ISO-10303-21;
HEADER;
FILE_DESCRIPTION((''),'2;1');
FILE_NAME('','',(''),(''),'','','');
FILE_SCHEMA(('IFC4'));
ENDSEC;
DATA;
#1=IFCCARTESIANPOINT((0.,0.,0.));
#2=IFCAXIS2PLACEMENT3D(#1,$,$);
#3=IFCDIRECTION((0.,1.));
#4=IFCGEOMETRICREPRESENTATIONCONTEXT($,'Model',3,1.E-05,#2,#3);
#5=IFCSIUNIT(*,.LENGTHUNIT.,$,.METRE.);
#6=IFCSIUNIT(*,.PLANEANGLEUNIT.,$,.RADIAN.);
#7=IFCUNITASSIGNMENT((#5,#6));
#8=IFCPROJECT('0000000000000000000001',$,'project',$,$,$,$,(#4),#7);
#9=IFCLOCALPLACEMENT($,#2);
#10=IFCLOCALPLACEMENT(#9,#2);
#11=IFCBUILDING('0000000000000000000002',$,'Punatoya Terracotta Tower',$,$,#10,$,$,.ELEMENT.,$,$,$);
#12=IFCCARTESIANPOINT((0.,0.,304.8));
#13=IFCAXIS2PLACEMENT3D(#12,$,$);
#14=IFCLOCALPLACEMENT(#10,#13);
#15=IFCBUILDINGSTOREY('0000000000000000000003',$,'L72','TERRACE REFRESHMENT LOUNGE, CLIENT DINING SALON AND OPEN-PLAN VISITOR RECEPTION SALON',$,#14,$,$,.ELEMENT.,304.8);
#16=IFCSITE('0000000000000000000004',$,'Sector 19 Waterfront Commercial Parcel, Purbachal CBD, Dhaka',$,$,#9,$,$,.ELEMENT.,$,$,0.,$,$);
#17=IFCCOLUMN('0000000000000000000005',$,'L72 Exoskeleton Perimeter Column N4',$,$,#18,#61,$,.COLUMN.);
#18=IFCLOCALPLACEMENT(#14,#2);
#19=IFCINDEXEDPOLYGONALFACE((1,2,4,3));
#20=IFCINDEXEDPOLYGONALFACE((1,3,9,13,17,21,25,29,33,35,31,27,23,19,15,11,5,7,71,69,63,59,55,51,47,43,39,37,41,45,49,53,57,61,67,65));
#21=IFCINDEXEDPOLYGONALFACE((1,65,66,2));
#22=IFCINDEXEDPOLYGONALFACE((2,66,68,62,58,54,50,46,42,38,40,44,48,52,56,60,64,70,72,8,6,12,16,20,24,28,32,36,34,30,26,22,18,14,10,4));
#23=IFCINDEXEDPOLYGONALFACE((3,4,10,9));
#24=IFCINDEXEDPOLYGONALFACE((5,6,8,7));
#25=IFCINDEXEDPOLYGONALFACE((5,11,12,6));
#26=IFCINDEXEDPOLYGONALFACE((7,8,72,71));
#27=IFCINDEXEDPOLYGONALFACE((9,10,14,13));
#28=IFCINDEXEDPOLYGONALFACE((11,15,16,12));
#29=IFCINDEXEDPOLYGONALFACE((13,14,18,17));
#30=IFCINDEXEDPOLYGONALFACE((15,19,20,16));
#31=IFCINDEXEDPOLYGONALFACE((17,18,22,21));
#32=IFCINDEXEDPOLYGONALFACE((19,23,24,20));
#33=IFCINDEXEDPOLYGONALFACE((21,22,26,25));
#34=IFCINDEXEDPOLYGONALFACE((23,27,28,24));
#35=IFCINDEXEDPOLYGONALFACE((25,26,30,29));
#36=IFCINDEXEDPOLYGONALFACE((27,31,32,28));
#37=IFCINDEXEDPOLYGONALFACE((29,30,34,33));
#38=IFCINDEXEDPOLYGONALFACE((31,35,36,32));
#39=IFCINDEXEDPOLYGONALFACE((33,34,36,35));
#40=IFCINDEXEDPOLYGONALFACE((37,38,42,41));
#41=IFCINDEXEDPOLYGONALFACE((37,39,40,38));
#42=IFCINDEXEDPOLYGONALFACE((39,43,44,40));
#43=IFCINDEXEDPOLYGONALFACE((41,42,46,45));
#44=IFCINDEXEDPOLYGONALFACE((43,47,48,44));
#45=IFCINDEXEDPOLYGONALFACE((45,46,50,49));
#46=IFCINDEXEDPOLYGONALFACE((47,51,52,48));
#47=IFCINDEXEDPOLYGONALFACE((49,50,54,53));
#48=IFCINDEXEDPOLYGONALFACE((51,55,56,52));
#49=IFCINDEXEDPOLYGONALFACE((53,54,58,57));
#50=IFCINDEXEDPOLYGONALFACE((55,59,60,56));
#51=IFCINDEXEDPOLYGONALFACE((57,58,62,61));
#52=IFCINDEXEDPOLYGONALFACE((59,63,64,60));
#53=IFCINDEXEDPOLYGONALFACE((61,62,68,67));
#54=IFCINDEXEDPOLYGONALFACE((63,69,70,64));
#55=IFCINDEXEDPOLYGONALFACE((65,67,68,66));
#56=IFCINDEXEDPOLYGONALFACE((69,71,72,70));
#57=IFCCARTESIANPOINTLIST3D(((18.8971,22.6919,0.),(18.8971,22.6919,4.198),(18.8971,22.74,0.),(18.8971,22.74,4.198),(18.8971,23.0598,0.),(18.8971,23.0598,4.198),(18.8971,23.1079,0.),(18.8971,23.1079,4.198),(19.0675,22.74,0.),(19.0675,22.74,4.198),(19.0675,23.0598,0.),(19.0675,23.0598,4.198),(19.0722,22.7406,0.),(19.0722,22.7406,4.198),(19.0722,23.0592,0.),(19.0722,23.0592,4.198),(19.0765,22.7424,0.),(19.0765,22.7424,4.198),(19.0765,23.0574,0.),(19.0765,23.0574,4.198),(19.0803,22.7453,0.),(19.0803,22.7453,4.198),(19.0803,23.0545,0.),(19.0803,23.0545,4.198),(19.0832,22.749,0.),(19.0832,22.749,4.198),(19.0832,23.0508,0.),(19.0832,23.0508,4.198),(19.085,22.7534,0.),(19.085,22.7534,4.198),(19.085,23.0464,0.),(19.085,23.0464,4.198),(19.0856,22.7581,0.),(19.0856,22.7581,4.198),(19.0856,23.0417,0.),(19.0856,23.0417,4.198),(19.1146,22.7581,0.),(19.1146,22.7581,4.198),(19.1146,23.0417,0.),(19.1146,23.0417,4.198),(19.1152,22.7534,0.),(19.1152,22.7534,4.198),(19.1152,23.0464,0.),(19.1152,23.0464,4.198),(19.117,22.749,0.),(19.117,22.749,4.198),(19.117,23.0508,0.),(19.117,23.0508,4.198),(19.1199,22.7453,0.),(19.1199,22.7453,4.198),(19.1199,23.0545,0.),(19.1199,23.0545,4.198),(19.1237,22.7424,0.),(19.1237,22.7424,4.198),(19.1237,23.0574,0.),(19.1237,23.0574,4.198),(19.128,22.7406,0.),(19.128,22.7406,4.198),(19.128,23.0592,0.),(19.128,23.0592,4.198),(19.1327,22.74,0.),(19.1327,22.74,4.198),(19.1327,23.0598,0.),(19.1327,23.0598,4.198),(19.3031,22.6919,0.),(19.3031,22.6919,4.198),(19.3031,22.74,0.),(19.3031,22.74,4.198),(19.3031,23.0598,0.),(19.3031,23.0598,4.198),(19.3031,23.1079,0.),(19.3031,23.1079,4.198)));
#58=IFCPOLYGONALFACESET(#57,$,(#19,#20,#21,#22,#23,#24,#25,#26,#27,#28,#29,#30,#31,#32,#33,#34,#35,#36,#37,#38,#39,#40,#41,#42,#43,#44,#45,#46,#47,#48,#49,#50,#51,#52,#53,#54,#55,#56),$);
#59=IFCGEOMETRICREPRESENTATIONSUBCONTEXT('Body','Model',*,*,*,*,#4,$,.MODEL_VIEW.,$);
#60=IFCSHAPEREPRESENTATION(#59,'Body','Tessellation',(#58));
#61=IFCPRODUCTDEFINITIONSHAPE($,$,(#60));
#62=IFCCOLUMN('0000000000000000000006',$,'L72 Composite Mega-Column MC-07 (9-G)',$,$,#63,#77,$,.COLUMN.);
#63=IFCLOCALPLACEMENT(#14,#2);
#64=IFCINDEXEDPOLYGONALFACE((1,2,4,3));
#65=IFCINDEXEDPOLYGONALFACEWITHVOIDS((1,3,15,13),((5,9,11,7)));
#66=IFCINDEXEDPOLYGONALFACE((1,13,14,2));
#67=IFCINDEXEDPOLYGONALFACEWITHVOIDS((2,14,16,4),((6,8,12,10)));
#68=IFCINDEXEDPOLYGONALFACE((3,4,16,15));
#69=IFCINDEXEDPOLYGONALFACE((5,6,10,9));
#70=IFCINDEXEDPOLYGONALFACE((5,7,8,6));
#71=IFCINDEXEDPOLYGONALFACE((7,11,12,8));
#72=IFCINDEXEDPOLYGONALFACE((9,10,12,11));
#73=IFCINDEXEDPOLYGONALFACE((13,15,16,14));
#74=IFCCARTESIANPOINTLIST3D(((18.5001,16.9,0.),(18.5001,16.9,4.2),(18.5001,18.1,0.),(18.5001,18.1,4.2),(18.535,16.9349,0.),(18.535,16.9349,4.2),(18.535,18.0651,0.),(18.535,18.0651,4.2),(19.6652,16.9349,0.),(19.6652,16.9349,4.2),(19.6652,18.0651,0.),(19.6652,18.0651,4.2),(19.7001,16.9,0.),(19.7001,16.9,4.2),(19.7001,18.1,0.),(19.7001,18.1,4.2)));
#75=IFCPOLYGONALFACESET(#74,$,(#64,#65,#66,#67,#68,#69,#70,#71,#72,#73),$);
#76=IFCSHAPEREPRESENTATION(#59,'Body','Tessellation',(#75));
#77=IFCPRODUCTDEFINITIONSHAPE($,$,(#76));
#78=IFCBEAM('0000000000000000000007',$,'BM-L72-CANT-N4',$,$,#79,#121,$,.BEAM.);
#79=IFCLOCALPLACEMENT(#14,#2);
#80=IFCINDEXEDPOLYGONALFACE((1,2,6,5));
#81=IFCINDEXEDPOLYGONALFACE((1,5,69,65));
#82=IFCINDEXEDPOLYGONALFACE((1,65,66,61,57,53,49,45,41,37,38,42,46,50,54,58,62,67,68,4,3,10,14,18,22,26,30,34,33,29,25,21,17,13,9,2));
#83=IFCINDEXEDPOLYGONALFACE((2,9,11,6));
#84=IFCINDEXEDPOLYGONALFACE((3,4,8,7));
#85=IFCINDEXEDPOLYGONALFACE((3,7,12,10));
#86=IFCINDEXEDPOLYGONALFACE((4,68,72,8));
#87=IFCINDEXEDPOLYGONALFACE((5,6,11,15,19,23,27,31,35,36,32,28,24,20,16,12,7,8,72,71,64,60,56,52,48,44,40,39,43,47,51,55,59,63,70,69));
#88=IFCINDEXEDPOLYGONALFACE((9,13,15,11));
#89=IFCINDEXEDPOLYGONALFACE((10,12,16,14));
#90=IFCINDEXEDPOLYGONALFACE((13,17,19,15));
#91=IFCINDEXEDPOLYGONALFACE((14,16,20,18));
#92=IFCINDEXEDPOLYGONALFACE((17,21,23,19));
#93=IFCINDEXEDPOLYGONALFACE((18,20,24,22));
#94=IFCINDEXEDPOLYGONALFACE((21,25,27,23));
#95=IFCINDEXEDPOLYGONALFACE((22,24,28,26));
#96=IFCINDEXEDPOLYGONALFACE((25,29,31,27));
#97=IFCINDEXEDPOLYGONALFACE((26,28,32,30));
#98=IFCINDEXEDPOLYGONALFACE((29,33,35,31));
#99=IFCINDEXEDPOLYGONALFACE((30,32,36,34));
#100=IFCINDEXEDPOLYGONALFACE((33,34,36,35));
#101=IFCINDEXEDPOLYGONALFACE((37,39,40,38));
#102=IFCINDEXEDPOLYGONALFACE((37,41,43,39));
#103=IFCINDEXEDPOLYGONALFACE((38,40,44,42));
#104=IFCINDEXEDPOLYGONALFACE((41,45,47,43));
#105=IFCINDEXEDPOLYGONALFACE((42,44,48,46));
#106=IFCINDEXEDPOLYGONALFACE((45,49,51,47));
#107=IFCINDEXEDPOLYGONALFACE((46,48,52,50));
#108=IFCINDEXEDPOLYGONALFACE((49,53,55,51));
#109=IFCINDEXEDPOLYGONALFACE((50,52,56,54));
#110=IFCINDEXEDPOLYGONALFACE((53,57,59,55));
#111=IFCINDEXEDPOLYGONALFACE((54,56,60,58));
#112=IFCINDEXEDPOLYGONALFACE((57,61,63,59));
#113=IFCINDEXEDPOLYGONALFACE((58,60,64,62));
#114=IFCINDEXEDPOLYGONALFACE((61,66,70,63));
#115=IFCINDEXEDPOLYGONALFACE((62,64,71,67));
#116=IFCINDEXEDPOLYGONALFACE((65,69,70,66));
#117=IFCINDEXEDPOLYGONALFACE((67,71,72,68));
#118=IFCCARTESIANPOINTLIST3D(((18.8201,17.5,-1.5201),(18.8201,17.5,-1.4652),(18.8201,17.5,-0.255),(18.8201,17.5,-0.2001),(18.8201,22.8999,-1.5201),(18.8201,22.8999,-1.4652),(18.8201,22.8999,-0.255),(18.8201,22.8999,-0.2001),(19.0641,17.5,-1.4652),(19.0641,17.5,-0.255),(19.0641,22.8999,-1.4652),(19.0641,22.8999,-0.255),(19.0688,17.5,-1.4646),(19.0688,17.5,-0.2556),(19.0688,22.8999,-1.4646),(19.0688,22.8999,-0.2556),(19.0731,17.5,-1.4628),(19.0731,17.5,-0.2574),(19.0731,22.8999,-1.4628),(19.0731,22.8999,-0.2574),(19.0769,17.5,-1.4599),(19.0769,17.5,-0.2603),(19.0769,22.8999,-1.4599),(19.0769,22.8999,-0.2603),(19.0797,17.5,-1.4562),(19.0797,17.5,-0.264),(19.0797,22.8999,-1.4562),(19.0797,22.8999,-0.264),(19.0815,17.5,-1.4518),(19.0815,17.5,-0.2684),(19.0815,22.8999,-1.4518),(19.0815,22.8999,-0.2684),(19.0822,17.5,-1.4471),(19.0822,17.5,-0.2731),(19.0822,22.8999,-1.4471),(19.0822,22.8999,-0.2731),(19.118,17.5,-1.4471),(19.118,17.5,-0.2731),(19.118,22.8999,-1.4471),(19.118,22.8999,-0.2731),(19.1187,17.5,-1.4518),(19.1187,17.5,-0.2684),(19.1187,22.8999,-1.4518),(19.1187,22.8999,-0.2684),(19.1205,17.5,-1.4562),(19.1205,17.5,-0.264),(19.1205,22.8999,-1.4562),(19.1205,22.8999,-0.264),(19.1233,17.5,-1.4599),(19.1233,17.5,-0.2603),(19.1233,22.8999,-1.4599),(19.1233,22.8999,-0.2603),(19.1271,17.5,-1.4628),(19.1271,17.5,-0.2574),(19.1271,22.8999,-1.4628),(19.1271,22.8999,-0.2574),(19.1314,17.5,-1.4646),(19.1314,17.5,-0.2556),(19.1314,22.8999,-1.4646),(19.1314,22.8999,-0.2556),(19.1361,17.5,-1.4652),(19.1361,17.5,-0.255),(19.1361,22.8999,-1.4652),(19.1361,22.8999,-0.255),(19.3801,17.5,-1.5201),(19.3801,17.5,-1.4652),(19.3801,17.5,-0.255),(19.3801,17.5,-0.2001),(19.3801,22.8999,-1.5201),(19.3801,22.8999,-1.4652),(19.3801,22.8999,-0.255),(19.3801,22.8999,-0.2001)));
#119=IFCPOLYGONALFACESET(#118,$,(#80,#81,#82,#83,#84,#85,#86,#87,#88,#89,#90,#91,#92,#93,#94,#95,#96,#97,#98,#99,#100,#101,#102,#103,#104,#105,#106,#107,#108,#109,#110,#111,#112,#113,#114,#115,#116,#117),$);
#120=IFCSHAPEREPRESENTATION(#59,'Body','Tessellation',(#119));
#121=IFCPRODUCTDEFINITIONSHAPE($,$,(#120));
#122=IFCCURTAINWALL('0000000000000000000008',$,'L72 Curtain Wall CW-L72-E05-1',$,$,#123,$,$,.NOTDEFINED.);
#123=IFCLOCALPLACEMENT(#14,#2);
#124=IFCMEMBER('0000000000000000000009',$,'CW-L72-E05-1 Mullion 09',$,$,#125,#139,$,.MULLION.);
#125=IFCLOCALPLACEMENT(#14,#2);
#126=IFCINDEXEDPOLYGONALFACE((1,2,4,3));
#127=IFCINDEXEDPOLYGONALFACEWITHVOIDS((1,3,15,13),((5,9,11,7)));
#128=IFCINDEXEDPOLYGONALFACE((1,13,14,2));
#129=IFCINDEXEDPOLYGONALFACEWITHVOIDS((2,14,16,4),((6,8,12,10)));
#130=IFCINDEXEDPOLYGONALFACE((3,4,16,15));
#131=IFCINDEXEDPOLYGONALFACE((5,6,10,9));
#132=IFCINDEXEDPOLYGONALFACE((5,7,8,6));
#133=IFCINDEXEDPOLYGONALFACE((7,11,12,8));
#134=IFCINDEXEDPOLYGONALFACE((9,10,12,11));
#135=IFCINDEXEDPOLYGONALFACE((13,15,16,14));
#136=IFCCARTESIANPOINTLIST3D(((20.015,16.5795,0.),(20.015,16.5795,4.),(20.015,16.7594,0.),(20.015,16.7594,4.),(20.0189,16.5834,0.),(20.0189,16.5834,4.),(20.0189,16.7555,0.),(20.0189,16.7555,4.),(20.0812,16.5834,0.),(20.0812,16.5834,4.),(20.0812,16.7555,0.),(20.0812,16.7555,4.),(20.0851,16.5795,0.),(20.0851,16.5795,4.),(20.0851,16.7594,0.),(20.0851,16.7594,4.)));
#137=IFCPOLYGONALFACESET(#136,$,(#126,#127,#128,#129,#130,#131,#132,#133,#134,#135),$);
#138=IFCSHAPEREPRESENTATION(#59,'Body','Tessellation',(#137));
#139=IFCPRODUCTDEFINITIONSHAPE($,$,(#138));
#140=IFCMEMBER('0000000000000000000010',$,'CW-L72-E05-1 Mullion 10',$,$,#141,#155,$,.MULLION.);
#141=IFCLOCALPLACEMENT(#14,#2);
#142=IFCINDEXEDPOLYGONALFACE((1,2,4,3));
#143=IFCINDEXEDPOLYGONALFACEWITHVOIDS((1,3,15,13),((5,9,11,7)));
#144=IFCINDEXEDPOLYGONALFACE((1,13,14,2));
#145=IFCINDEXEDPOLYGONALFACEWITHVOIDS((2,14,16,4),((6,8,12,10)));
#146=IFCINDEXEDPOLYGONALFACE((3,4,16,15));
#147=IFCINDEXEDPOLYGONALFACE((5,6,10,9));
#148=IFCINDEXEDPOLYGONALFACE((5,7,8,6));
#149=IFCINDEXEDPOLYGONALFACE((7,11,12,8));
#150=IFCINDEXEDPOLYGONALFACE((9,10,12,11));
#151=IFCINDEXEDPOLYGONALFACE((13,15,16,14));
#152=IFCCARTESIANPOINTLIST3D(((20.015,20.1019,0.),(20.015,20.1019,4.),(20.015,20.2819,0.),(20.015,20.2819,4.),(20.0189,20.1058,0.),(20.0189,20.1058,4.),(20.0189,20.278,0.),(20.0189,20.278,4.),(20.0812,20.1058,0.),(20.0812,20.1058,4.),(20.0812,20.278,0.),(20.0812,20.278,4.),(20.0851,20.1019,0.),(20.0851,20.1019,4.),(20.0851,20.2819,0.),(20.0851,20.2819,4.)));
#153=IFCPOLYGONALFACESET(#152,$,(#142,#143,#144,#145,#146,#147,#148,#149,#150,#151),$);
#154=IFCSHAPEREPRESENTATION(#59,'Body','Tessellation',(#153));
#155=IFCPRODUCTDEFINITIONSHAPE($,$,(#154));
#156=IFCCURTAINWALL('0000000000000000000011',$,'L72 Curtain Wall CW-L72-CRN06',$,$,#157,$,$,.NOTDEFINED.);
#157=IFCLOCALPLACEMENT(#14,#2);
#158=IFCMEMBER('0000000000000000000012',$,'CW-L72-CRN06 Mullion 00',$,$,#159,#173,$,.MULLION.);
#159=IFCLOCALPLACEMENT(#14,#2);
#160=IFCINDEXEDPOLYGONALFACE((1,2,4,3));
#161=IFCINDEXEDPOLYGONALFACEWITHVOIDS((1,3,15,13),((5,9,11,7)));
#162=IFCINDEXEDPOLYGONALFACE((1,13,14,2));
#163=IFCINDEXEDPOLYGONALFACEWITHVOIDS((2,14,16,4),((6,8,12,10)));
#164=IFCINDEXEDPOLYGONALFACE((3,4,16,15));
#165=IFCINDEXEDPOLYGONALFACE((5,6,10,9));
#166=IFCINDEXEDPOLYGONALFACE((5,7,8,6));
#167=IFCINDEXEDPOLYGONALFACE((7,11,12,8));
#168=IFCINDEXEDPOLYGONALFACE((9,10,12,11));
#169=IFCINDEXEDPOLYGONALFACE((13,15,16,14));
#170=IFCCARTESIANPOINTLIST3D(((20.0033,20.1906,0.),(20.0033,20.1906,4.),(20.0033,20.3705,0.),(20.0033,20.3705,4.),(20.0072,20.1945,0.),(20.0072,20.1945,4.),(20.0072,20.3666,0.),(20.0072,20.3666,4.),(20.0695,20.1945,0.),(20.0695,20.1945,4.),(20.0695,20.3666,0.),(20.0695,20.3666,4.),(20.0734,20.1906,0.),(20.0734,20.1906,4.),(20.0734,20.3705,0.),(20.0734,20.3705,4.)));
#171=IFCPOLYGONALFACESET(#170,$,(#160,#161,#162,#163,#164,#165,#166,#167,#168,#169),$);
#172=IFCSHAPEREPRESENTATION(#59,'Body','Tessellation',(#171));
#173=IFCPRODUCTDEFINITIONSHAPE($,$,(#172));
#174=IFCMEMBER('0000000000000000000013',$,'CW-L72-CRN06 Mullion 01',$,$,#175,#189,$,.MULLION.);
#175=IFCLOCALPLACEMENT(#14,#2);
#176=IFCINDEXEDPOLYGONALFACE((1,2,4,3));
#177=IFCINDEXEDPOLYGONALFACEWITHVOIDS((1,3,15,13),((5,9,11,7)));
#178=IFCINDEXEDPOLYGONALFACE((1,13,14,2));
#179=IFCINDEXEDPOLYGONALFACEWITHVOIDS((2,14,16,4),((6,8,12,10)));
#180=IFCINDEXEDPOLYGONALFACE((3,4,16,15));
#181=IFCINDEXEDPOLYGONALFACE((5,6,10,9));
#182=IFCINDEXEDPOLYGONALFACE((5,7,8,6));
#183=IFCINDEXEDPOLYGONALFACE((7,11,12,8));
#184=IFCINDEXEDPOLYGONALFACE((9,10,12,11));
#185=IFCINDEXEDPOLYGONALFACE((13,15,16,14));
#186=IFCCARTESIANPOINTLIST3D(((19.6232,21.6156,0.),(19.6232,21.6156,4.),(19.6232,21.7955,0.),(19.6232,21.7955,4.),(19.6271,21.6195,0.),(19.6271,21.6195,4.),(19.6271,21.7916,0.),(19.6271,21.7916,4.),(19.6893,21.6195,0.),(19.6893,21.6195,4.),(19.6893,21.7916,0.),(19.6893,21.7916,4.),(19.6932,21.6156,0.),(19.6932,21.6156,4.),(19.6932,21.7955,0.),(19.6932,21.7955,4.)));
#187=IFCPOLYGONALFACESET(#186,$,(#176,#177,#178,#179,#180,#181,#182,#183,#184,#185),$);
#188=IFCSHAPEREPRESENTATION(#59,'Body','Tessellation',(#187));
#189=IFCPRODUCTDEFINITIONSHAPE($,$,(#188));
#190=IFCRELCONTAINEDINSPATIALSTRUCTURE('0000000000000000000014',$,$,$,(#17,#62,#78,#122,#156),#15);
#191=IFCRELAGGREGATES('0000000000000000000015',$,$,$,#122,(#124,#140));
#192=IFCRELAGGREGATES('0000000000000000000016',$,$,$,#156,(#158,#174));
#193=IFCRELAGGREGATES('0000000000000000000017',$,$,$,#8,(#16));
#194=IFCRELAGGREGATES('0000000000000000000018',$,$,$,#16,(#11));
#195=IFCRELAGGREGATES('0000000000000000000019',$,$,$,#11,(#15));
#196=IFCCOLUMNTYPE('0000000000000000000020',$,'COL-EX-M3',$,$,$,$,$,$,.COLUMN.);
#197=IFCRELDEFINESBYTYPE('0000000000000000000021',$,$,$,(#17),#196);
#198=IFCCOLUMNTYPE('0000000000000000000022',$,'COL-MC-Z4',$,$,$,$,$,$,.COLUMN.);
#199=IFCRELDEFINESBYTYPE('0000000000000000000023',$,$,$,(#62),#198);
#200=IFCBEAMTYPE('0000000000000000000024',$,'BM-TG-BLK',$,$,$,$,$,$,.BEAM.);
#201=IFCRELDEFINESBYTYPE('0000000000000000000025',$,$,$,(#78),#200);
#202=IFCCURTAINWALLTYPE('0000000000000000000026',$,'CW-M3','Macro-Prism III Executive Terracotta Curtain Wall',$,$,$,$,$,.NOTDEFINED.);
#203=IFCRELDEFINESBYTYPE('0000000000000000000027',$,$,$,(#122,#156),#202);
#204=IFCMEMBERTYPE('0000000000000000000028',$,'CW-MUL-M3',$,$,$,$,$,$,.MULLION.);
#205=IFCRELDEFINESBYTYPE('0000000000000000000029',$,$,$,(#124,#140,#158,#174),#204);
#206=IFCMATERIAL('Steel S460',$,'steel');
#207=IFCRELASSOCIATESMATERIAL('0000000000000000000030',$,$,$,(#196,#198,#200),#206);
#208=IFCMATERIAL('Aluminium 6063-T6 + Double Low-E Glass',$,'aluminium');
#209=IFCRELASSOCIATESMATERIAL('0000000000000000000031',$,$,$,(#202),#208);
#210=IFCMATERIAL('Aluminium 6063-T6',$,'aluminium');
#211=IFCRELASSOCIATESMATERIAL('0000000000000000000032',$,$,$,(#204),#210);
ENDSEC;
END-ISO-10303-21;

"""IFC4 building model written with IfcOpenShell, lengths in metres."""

from ifc_helpers import new_model, si_unit, direction, frame, origin, origin_2d, place, context, subcontext, project, spatial, hollow_rectangle, i_section, extrude, material, material_profile, profile_set, type_object, element, aggregate, save


model = new_model("IFC4")

# Units and contexts
model_context = context("Model", 3, precision=1e-05, world=origin(), true_north=direction((0.0, 1.0)))
body_context = subcontext(model_context, "Body", "Model", "MODEL_VIEW")
ifc_project = project(units=[si_unit("LENGTHUNIT", "METRE"), si_unit("PLANEANGLEUNIT", "RADIAN")], contexts=[model_context])

# Site, building, storey
site_placement = place(None, origin())
site = spatial("IfcSite", under=ifc_project, at=site_placement, Name="Sector 19 Waterfront Commercial Parcel, Purbachal CBD, Dhaka", CompositionType="ELEMENT", RefElevation=0.0)
building_placement = place(site_placement, origin())
building = spatial("IfcBuilding", under=site, at=building_placement, Name="Punatoya Terracotta Tower", CompositionType="ELEMENT")
storey_placement = place(building_placement, frame((0.0, 0.0, 304.8)))
storey = spatial("IfcBuildingStorey", under=building, at=storey_placement, Name="L72", Description="TERRACE REFRESHMENT LOUNGE, CLIENT DINING SALON AND OPEN-PLAN VISITOR RECEPTION SALON", CompositionType="ELEMENT", Elevation=304.8)

# Columns
ifc_material_1 = material(Name="Steel S460", Category="steel")
ifc_material_profile_1 = material_profile(ifc_material_1, i_section(OverallWidth=0.406, OverallDepth=0.416, WebThickness=0.0291, FlangeThickness=0.0481, FilletRadius=0.0181, at=origin_2d()))
ifc_profile_set_1 = profile_set([ifc_material_profile_1], Name="Steel S460")
column_type_1 = type_object("IfcColumnType", Name="COL-EX-M3", PredefinedType="COLUMN", material=ifc_profile_set_1)
column_1_placement = place(storey_placement, frame((19.1001, 22.8999, 0.0), z_axis=(0.0, 0.0, 1.0), x_axis=(1.0, 0.0, 0.0)))
element("IfcColumn", 1, at=column_1_placement, inside=storey, type_object=column_type_1, Name="L72 Exoskeleton Perimeter Column N4", PredefinedType="COLUMN", context=body_context, shape_type="SweptSolid", body=[
    extrude(i_section(OverallWidth=0.406, OverallDepth=0.416, WebThickness=0.0291, FlangeThickness=0.0481, FilletRadius=0.0181, at=origin_2d()), origin(), (0.0, 0.0, 1.0), 4.198),
])
ifc_material_profile_2 = material_profile(ifc_material_1, hollow_rectangle(XDim=1.2, YDim=1.2, WallThickness=0.0349, at=origin_2d()))
ifc_profile_set_2 = profile_set([ifc_material_profile_2], Name="Steel S460")
column_type_2 = type_object("IfcColumnType", Name="COL-MC-Z4", PredefinedType="COLUMN", material=ifc_profile_set_2)
column_2_placement = place(storey_placement, frame((19.1001, 17.5, 0.0), z_axis=(0.0, 0.0, 1.0), x_axis=(1.0, 0.0, 0.0)))
element("IfcColumn", 2, at=column_2_placement, inside=storey, type_object=column_type_2, Name="L72 Composite Mega-Column MC-07 (9-G)", PredefinedType="COLUMN", context=body_context, shape_type="SweptSolid", body=[
    extrude(hollow_rectangle(XDim=1.2, YDim=1.2, WallThickness=0.0349, at=origin_2d()), origin(), (0.0, 0.0, 1.0), 4.2),
])

# Beam
ifc_material_profile_3 = material_profile(ifc_material_1, i_section(OverallWidth=0.5601, OverallDepth=1.3201, WebThickness=0.0359, FlangeThickness=0.0549, FilletRadius=0.0181, at=origin_2d()))
ifc_profile_set_3 = profile_set([ifc_material_profile_3], Name="Steel S460")
beam_type = type_object("IfcBeamType", Name="BM-TG-BLK", PredefinedType="BEAM", material=ifc_profile_set_3)
beam_placement = place(storey_placement, frame((19.1001, 17.5, -0.8601), z_axis=(0.0, 1.0, 0.0), x_axis=(-1.0, 0.0, 0.0)))
element("IfcBeam", 3, at=beam_placement, inside=storey, type_object=beam_type, Name="BM-L72-CANT-N4", PredefinedType="BEAM", context=body_context, shape_type="SweptSolid", body=[
    extrude(i_section(OverallWidth=0.5601, OverallDepth=1.3201, WebThickness=0.0359, FlangeThickness=0.0549, FilletRadius=0.0181, at=origin_2d()), origin(), (0.0, 0.0, 1.0), 5.3999),
])

# Curtain walls, members
ifc_material_2 = material(Name="Aluminium 6063-T6 + Double Low-E Glass", Category="aluminium")
curtain_wall_type = type_object("IfcCurtainWallType", Name="CW-M3", Description="Macro-Prism III Executive Terracotta Curtain Wall", PredefinedType="NOTDEFINED", material=ifc_material_2)
curtain_wall_1_placement = place(storey_placement, origin())
curtain_wall_1 = element("IfcCurtainWall", 4, at=curtain_wall_1_placement, inside=storey, type_object=curtain_wall_type, Name="L72 Curtain Wall CW-L72-E05-1", PredefinedType="NOTDEFINED")
ifc_material_3 = material(Name="Aluminium 6063-T6", Category="aluminium")
ifc_material_profile_4 = material_profile(ifc_material_3, hollow_rectangle(XDim=0.0701, YDim=0.1799, WallThickness=0.0039, at=origin_2d()))
ifc_profile_set_4 = profile_set([ifc_material_profile_4], Name="Aluminium 6063-T6")
member_type_1 = type_object("IfcMemberType", Name="CW-MUL-M3", PredefinedType="MULLION", material=ifc_profile_set_4)
member_1_placement = place(storey_placement, frame((20.05, 16.6694, 0.0), z_axis=(0.0, 0.0, 1.0), x_axis=(1.0, 0.0, 0.0)))
member_1 = element("IfcMember", 5, at=member_1_placement, type_object=member_type_1, Name="CW-L72-E05-1 Mullion 09", PredefinedType="MULLION", context=body_context, shape_type="SweptSolid", body=[
    extrude(hollow_rectangle(XDim=0.0701, YDim=0.1799, WallThickness=0.0039, at=origin_2d()), origin(), (0.0, 0.0, 1.0), 4.0),
])
member_2_placement = place(storey_placement, frame((20.05, 20.1919, 0.0), z_axis=(0.0, 0.0, 1.0), x_axis=(1.0, 0.0, 0.0)))
member_2 = element("IfcMember", 6, at=member_2_placement, type_object=member_type_1, Name="CW-L72-E05-1 Mullion 10", PredefinedType="MULLION", context=body_context, shape_type="SweptSolid", body=[
    extrude(hollow_rectangle(XDim=0.0701, YDim=0.1799, WallThickness=0.0039, at=origin_2d()), origin(), (0.0, 0.0, 1.0), 4.0),
])
curtain_wall_2_placement = place(storey_placement, origin())
curtain_wall_2 = element("IfcCurtainWall", 7, at=curtain_wall_2_placement, inside=storey, type_object=curtain_wall_type, Name="L72 Curtain Wall CW-L72-CRN06", PredefinedType="NOTDEFINED")
member_3_placement = place(storey_placement, frame((20.0383, 20.2805, 0.0), z_axis=(0.0, 0.0, 1.0), x_axis=(1.0, 0.0, 0.0)))
member_3 = element("IfcMember", 8, at=member_3_placement, type_object=member_type_1, Name="CW-L72-CRN06 Mullion 00", PredefinedType="MULLION", context=body_context, shape_type="SweptSolid", body=[
    extrude(hollow_rectangle(XDim=0.0701, YDim=0.1799, WallThickness=0.0039, at=origin_2d()), origin(), (0.0, 0.0, 1.0), 4.0),
])
member_4_placement = place(storey_placement, frame((19.6582, 21.7056, 0.0), z_axis=(0.0, 0.0, 1.0), x_axis=(1.0, 0.0, 0.0)))
member_4 = element("IfcMember", 9, at=member_4_placement, type_object=member_type_1, Name="CW-L72-CRN06 Mullion 01", PredefinedType="MULLION", context=body_context, shape_type="SweptSolid", body=[
    extrude(hollow_rectangle(XDim=0.0701, YDim=0.1799, WallThickness=0.0039, at=origin_2d()), origin(), (0.0, 0.0, 1.0), 4.0),
])

aggregate(curtain_wall_1, [member_1, member_2])
aggregate(curtain_wall_2, [member_3, member_4])

save(model, "model.ifc")
